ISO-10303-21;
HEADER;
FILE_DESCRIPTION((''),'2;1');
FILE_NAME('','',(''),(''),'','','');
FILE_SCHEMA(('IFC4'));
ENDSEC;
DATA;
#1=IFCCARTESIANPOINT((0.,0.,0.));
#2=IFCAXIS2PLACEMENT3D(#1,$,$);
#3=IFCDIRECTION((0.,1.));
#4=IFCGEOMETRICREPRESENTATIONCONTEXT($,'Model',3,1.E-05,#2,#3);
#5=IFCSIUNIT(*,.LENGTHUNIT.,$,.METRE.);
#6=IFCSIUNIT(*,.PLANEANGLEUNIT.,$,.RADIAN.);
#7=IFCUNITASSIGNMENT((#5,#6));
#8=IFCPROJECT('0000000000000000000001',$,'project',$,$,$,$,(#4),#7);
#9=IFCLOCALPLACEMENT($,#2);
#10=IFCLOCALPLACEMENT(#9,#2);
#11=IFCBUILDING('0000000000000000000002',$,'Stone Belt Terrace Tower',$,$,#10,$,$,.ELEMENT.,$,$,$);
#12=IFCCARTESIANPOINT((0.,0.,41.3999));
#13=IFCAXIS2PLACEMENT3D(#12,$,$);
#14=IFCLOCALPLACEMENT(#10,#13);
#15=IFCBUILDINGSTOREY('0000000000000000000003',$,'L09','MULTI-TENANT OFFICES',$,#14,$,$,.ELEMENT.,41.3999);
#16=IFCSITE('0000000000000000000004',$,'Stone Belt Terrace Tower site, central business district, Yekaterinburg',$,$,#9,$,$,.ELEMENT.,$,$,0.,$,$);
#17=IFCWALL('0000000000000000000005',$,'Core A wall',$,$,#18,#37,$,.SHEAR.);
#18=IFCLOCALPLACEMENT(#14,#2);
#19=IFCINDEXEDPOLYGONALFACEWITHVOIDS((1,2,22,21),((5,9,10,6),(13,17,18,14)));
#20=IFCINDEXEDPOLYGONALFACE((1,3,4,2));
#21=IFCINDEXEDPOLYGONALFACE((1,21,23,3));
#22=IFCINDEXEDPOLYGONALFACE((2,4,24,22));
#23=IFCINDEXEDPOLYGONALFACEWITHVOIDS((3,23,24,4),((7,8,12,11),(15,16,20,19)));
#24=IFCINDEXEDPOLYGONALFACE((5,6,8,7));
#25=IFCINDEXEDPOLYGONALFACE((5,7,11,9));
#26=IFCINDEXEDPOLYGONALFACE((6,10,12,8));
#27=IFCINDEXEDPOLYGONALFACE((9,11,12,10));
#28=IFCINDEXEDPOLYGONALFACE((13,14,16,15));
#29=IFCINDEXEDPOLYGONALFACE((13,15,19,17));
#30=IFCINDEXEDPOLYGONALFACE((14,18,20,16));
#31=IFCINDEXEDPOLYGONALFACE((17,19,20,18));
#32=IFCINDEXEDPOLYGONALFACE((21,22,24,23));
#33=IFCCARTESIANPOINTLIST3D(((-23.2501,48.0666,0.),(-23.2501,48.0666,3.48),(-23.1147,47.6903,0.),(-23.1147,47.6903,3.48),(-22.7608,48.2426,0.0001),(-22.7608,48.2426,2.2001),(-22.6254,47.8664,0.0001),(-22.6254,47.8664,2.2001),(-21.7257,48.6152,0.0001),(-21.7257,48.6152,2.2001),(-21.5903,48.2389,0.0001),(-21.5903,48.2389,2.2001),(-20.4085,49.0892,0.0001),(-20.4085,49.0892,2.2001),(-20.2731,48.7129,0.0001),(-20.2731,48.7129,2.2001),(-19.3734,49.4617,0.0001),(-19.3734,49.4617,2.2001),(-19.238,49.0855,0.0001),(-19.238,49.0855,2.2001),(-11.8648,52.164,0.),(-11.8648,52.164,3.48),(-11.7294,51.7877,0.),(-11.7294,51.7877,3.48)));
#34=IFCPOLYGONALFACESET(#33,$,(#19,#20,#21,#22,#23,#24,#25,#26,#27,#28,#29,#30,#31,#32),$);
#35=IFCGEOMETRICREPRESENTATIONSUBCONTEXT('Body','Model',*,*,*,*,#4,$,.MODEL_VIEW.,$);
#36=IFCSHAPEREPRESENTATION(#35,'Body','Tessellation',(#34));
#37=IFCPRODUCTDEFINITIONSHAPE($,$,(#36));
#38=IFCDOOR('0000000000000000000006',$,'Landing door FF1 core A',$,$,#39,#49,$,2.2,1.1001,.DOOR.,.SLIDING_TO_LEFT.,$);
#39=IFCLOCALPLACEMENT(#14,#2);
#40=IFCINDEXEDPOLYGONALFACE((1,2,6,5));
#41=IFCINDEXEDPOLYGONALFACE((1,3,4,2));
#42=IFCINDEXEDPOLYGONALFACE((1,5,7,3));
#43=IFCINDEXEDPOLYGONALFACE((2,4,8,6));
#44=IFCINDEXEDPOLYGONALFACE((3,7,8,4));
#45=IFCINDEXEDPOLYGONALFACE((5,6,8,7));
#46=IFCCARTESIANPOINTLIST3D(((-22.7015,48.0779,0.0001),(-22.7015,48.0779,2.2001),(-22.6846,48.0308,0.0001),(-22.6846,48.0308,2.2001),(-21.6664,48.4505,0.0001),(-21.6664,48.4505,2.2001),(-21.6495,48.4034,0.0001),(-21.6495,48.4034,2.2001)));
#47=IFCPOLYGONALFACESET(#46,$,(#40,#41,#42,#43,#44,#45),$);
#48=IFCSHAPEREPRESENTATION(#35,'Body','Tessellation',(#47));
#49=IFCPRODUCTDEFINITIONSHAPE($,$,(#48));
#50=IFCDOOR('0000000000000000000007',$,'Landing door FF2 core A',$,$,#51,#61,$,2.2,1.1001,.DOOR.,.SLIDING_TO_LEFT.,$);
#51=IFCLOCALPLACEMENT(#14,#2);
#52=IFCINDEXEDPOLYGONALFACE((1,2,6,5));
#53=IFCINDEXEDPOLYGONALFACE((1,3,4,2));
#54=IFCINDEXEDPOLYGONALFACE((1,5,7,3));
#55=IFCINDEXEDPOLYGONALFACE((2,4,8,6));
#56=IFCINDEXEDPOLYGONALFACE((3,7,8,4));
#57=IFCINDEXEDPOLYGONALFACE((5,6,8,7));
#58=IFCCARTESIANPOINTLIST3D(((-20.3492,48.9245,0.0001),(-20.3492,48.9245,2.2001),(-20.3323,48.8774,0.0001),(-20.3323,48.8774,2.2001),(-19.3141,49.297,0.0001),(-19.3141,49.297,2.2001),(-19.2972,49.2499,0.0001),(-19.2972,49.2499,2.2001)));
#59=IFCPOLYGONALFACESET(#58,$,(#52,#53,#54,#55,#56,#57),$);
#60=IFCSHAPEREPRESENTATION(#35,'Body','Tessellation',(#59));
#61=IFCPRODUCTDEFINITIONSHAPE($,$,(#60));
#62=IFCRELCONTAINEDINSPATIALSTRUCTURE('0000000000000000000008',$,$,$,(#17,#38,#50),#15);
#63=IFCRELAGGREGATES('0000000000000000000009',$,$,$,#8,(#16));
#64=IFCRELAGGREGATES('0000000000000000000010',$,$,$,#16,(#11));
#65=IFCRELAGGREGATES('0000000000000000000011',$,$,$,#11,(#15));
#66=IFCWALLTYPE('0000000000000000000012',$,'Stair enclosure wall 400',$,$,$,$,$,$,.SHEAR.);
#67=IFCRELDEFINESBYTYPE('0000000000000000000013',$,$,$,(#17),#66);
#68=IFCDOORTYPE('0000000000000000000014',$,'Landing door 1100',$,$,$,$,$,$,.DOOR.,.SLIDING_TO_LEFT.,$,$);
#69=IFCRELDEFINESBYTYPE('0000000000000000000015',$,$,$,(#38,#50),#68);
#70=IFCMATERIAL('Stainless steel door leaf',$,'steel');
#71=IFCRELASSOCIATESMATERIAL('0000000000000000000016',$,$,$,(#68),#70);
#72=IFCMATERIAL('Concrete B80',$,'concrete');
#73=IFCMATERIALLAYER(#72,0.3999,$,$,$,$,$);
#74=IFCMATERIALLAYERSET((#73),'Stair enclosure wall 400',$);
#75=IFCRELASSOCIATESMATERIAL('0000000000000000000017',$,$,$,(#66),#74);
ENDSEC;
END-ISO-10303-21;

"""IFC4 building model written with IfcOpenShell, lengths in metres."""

from ifc_helpers import new_model, si_unit, direction, frame, frame_2d, origin, place, context, subcontext, project, spatial, rectangle, extrude, material, layer, layer_set, type_object, element, fill, save


model = new_model("IFC4")

# Units and contexts
model_context = context("Model", 3, precision=1e-05, world=origin(), true_north=direction((0.0, 1.0)))
body_context = subcontext(model_context, "Body", "Model", "MODEL_VIEW")
ifc_project = project(units=[si_unit("LENGTHUNIT", "METRE"), si_unit("PLANEANGLEUNIT", "RADIAN")], contexts=[model_context])

# Site, building, storey
site_placement = place(None, origin())
site = spatial("IfcSite", under=ifc_project, at=site_placement, Name="Stone Belt Terrace Tower site, central business district, Yekaterinburg", CompositionType="ELEMENT", RefElevation=0.0)
building_placement = place(site_placement, origin())
building = spatial("IfcBuilding", under=site, at=building_placement, Name="Stone Belt Terrace Tower", CompositionType="ELEMENT")
storey_placement = place(building_placement, frame((0.0, 0.0, 41.3999)))
storey = spatial("IfcBuildingStorey", under=building, at=storey_placement, Name="L09", Description="MULTI-TENANT OFFICES", CompositionType="ELEMENT", Elevation=41.3999)

# Shared definitions
ifc_material_1 = material(Name="Concrete B80", Category="concrete")

# Shared definitions
ifc_material_2 = material(Name="Stainless steel door leaf", Category="steel")
door_type_1 = type_object("IfcDoorType", Name="Landing door 1100", OperationType="SLIDING_TO_LEFT", PredefinedType="DOOR", material=ifc_material_2)

# Wall, openings, doors
ifc_layer_1 = layer(ifc_material_1, 0.3999)
ifc_layer_set_1 = layer_set([ifc_layer_1], Name="Stair enclosure wall 400")
wall_type_1 = type_object("IfcWallType", Name="Stair enclosure wall 400", PredefinedType="SHEAR", material=ifc_layer_set_1)
wall_1_placement = place(storey_placement, frame((-23.1824, 47.8784, 0.0), z_axis=(0.0, 0.0, 1.0), x_axis=(0.940921, 0.338626, 0.0)))
wall_1 = element("IfcWall", 1, at=wall_1_placement, inside=storey, type_object=wall_type_1, Name="Core A wall", PredefinedType="SHEAR", context=body_context, shape_type="SweptSolid", body=[
    extrude(rectangle(XDim=12.1001, YDim=0.3999, at=frame_2d((6.05, 0.0))), origin(), (0.0, 0.0, 1.0), 3.48),
])
opening_1_placement = place(wall_1_placement, frame((0.52, 0.0, 0.0)))
opening_1 = element("IfcOpeningElement", 2, at=opening_1_placement, cuts=wall_1, PredefinedType="OPENING", context=body_context, shape_type="SweptSolid", body=[
    extrude(rectangle(XDim=1.1001, YDim=2.2, at=frame_2d((0.55, 1.1001))), frame((0.0, 0.21, 0.0), z_axis=(0.0, -1.0, 0.0), x_axis=(1.0, 0.0, 0.0)), (0.0, 0.0, 1.0), 0.4199),
])
opening_2_placement = place(wall_1_placement, frame((3.02, 0.0, 0.0)))
opening_2 = element("IfcOpeningElement", 3, at=opening_2_placement, cuts=wall_1, PredefinedType="OPENING", context=body_context, shape_type="SweptSolid", body=[
    extrude(rectangle(XDim=1.1001, YDim=2.2, at=frame_2d((0.55, 1.1001))), frame((0.0, 0.21, 0.0), z_axis=(0.0, -1.0, 0.0), x_axis=(1.0, 0.0, 0.0)), (0.0, 0.0, 1.0), 0.4199),
])
door_1_placement = place(opening_1_placement, origin())
door_1 = element("IfcDoor", 4, at=door_1_placement, inside=storey, type_object=door_type_1, Name="Landing door FF1 core A", OperationType="SLIDING_TO_LEFT", OverallHeight=2.2, OverallWidth=1.1001, PredefinedType="DOOR", context=body_context, shape_type="SweptSolid", body=[
    extrude(rectangle(XDim=1.1001, YDim=2.2, at=frame_2d((0.55, 1.1001))), frame((0.0, 0.0249, 0.0), z_axis=(0.0, -1.0, 0.0), x_axis=(1.0, 0.0, 0.0)), (0.0, 0.0, 1.0), 0.05),
])
fill(opening_1, door_1)
door_2_placement = place(opening_2_placement, origin())
door_2 = element("IfcDoor", 5, at=door_2_placement, inside=storey, type_object=door_type_1, Name="Landing door FF2 core A", OperationType="SLIDING_TO_LEFT", OverallHeight=2.2, OverallWidth=1.1001, PredefinedType="DOOR", context=body_context, shape_type="SweptSolid", body=[
    extrude(rectangle(XDim=1.1001, YDim=2.2, at=frame_2d((0.55, 1.1001))), frame((0.0, 0.0249, 0.0), z_axis=(0.0, -1.0, 0.0), x_axis=(1.0, 0.0, 0.0)), (0.0, 0.0, 1.0), 0.05),
])
fill(opening_2, door_2)

save(model, "model.ifc")
